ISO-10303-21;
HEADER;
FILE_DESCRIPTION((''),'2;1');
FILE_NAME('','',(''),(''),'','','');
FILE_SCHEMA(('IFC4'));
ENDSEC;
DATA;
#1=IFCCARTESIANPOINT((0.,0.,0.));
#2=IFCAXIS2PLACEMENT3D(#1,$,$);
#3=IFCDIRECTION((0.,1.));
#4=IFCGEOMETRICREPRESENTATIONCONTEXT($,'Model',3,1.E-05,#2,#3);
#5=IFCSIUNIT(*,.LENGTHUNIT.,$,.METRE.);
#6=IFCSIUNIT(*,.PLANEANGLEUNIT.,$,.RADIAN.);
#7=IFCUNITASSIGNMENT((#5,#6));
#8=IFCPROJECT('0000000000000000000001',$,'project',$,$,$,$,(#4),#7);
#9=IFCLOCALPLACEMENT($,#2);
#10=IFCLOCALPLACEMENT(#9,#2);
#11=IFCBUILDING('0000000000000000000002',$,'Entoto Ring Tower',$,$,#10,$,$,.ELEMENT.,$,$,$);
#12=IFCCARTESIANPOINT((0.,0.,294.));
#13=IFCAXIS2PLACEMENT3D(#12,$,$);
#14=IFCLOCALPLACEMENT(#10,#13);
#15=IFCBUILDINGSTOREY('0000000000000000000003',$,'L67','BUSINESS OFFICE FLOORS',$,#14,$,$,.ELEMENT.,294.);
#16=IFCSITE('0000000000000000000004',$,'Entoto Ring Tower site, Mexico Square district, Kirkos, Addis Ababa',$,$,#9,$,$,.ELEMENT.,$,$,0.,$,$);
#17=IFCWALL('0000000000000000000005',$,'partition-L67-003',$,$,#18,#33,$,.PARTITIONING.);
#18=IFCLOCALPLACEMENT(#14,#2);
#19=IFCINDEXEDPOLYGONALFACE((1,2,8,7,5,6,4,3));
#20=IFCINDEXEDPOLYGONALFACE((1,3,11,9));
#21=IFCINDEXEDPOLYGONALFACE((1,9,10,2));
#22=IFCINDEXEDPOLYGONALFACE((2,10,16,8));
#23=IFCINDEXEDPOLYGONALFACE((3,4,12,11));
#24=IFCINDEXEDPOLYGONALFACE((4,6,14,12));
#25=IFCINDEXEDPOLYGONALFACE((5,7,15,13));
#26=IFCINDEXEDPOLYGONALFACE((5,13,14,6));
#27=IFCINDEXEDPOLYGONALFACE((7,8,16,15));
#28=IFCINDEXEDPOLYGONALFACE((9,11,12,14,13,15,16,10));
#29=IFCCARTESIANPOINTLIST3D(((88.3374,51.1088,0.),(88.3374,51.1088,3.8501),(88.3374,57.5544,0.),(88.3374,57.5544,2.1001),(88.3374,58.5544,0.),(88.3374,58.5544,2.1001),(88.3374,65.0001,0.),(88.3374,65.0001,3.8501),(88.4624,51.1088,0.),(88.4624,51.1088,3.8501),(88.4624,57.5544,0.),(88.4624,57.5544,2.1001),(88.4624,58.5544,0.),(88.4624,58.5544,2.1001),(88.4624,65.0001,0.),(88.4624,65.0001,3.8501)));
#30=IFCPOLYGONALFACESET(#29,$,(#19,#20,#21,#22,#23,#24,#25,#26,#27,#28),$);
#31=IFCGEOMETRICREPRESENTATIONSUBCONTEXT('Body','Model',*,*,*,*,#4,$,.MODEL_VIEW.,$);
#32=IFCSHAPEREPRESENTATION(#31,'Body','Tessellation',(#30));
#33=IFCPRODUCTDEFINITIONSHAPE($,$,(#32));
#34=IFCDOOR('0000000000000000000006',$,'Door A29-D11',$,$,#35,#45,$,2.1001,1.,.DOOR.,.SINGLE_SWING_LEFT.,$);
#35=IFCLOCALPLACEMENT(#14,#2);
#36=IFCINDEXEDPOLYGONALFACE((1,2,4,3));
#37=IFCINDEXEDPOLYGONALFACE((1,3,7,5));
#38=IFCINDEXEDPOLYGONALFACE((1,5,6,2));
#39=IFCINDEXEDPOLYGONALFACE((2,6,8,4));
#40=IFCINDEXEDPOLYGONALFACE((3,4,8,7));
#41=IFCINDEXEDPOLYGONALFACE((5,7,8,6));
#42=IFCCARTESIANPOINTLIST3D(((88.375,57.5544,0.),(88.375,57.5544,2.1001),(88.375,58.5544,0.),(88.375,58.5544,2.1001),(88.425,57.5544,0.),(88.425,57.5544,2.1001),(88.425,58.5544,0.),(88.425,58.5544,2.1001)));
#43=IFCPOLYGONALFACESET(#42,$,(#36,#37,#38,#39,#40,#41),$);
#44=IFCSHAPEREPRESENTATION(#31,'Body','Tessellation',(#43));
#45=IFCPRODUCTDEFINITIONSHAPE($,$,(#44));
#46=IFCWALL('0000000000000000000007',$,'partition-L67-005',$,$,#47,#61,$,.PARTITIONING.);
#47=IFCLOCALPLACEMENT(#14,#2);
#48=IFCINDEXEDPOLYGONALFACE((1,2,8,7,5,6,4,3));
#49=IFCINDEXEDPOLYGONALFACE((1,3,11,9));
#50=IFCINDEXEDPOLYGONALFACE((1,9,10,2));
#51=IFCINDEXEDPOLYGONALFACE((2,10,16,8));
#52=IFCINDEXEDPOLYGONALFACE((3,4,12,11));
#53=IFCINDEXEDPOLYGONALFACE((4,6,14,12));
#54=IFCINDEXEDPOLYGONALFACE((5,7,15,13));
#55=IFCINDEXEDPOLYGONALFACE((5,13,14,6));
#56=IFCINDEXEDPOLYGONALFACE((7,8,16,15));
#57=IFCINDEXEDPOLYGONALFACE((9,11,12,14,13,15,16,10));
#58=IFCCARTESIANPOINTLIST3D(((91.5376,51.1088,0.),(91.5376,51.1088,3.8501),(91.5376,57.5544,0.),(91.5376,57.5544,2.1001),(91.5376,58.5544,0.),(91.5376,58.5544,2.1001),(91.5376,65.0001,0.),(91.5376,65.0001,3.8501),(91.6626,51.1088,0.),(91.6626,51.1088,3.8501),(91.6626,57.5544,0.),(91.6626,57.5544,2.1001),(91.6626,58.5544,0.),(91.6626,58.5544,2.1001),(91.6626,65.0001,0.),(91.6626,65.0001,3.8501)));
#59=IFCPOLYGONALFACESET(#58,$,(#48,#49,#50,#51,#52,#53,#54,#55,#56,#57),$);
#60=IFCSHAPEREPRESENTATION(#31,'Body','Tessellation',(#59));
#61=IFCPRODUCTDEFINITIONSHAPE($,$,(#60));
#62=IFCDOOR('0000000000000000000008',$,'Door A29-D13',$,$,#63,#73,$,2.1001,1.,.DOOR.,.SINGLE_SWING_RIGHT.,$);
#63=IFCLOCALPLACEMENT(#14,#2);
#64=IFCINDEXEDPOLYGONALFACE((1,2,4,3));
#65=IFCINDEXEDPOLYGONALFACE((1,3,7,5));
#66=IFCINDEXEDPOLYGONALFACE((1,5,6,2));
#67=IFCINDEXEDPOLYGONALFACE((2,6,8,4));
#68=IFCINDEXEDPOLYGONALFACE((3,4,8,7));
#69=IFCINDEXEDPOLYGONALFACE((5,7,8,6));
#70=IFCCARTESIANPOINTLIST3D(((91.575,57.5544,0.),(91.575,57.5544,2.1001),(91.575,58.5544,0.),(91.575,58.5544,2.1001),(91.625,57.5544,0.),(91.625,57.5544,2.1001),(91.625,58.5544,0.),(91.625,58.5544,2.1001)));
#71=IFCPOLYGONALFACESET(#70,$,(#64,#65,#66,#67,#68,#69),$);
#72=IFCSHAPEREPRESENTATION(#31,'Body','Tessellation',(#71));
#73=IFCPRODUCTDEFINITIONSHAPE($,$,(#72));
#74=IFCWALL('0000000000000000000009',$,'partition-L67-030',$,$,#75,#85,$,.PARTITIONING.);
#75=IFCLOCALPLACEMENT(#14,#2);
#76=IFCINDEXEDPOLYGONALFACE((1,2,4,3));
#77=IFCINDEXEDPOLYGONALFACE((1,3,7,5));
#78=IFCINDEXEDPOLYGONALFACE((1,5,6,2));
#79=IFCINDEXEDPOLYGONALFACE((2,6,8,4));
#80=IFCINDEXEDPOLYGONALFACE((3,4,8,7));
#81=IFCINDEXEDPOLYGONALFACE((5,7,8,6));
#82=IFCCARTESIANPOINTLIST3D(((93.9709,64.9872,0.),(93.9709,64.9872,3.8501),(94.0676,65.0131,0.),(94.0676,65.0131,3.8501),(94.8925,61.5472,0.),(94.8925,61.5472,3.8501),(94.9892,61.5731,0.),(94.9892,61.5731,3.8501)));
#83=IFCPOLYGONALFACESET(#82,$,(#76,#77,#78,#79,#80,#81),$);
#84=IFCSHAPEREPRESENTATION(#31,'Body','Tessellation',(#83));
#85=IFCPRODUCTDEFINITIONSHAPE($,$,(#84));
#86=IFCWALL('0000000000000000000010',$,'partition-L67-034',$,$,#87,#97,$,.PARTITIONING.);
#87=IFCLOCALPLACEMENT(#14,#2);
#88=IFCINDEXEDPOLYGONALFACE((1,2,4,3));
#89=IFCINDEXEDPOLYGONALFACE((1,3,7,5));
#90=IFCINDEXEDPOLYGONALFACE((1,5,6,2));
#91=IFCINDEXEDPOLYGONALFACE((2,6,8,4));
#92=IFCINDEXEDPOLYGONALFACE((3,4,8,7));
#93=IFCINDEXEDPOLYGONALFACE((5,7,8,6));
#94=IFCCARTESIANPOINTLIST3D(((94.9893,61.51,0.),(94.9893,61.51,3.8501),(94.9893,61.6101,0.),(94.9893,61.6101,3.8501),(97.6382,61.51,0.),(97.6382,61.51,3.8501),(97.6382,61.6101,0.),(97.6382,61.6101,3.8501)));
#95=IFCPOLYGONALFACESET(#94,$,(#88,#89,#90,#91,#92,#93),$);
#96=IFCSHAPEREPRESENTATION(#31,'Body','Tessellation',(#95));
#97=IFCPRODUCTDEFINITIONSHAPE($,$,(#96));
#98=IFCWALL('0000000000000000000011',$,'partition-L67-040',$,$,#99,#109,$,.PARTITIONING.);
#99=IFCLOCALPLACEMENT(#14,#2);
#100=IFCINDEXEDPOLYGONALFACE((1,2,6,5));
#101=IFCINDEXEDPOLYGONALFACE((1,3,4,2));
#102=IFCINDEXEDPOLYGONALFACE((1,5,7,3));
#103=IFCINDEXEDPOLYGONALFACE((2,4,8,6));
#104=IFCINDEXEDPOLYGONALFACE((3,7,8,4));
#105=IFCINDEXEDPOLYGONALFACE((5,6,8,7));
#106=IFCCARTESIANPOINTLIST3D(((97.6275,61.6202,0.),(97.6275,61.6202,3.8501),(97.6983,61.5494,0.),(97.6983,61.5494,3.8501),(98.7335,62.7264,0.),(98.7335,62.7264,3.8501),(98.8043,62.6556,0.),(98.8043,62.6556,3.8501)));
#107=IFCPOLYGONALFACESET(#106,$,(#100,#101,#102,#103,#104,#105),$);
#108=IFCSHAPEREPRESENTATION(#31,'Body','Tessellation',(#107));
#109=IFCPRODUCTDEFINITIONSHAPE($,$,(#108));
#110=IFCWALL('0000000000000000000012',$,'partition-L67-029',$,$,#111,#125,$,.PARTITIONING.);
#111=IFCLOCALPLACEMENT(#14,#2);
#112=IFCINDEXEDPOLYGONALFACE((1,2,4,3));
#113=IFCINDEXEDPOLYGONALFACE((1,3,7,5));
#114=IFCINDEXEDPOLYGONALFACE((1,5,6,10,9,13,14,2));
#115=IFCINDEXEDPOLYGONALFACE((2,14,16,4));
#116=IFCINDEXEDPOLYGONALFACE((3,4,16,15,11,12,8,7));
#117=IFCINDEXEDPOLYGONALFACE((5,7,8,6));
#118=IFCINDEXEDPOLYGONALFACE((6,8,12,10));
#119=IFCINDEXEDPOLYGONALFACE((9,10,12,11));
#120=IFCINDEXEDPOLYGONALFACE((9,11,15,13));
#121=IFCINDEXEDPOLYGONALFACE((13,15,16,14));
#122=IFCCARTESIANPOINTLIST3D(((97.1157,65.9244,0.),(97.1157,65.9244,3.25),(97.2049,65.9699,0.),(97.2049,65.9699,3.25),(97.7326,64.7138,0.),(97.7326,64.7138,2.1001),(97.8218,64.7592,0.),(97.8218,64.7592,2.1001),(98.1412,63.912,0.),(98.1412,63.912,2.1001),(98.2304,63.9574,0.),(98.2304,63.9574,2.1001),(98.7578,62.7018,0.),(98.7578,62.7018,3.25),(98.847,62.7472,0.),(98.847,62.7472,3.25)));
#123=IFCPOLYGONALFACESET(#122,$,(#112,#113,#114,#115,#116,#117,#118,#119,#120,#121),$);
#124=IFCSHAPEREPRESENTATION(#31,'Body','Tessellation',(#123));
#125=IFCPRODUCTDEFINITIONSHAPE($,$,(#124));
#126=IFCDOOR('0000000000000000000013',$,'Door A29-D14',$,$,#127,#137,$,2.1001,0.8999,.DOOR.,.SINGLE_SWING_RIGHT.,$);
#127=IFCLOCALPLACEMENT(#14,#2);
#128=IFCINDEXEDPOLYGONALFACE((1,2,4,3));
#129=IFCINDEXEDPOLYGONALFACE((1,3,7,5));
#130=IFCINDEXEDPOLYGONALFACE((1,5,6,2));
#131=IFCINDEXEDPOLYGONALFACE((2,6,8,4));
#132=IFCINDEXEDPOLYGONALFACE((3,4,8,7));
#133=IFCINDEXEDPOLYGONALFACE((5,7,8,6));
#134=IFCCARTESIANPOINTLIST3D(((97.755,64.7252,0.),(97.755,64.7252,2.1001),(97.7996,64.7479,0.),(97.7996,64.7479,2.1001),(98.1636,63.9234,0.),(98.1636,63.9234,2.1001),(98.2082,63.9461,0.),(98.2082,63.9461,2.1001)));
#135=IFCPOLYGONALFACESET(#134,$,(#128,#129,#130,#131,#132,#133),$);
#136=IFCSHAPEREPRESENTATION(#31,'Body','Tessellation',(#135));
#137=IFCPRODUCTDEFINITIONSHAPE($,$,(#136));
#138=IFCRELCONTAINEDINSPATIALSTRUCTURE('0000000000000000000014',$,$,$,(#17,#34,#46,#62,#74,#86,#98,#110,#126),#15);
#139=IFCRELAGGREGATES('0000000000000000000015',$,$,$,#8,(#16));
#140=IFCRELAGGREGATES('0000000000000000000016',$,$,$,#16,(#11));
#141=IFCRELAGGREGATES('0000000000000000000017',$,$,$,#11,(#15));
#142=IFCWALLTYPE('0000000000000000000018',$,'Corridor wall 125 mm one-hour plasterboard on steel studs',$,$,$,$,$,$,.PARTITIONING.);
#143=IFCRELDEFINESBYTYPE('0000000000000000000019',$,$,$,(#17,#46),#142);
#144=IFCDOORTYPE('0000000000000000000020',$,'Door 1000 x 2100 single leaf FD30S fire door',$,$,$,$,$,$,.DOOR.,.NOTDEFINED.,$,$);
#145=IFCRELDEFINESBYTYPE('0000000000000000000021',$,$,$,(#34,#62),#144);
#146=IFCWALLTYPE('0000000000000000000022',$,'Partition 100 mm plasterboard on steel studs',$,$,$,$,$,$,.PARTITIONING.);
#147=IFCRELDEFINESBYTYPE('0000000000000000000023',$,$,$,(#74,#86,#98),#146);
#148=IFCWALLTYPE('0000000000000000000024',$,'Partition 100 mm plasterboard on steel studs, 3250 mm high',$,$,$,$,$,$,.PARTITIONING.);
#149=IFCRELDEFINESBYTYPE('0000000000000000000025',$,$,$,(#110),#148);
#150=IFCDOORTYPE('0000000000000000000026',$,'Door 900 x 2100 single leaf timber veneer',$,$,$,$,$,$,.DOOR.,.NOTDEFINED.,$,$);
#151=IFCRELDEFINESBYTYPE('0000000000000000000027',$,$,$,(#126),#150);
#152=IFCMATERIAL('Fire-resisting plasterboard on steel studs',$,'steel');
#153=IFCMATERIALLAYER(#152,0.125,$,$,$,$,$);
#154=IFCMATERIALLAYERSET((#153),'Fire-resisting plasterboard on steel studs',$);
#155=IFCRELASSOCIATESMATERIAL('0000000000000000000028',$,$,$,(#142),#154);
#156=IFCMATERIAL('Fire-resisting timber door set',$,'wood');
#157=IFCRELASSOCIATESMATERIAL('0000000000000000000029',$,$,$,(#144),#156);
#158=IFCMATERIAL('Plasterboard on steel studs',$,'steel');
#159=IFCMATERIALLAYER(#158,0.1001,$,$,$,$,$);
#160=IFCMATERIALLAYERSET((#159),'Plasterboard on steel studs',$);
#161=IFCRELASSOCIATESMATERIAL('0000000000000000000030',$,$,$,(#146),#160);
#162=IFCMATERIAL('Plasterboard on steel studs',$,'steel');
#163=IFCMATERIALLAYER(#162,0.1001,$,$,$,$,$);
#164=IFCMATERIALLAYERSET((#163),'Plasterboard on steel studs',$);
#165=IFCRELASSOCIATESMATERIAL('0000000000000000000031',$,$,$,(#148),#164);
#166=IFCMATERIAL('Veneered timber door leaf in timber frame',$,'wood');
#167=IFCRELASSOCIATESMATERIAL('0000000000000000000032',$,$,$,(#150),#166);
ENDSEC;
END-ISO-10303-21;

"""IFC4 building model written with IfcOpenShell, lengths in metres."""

from ifc_helpers import new_model, si_unit, direction, frame, frame_2d, origin, place, context, subcontext, project, spatial, rectangle, extrude, material, layer, layer_set, type_object, element, fill, save


model = new_model("IFC4")

# Units and contexts
model_context = context("Model", 3, precision=1e-05, world=origin(), true_north=direction((0.0, 1.0)))
body_context = subcontext(model_context, "Body", "Model", "MODEL_VIEW")
ifc_project = project(units=[si_unit("LENGTHUNIT", "METRE"), si_unit("PLANEANGLEUNIT", "RADIAN")], contexts=[model_context])

# Site, building, storey
site_placement = place(None, origin())
site = spatial("IfcSite", under=ifc_project, at=site_placement, Name="Entoto Ring Tower site, Mexico Square district, Kirkos, Addis Ababa", CompositionType="ELEMENT", RefElevation=0.0)
building_placement = place(site_placement, origin())
building = spatial("IfcBuilding", under=site, at=building_placement, Name="Entoto Ring Tower", CompositionType="ELEMENT")
storey_placement = place(building_placement, frame((0.0, 0.0, 294.0)))
storey = spatial("IfcBuildingStorey", under=building, at=storey_placement, Name="L67", Description="BUSINESS OFFICE FLOORS", CompositionType="ELEMENT", Elevation=294.0)

# Walls, openings, doors
ifc_material_1 = material(Name="Fire-resisting plasterboard on steel studs", Category="steel")
ifc_layer_1 = layer(ifc_material_1, 0.125)
ifc_layer_set_1 = layer_set([ifc_layer_1], Name="Fire-resisting plasterboard on steel studs")
wall_type_1 = type_object("IfcWallType", Name="Corridor wall 125 mm one-hour plasterboard on steel studs", PredefinedType="PARTITIONING", material=ifc_layer_set_1)
wall_1_placement = place(storey_placement, frame((88.3999, 51.1086, 0.0), z_axis=(0.0, 0.0, 1.0), x_axis=(0.0, 1.0, 0.0)))
wall_1 = element("IfcWall", 1, at=wall_1_placement, inside=storey, type_object=wall_type_1, Name="partition-L67-003", PredefinedType="PARTITIONING", context=body_context, shape_type="SweptSolid", body=[
    extrude(rectangle(XDim=13.8914, YDim=0.125, at=frame_2d((6.9458, 0.0))), origin(), (0.0, 0.0, 1.0), 3.8501),
])
opening_1_placement = place(wall_1_placement, frame((6.4458, 0.0, 0.0)))
opening_1 = element("IfcOpeningElement", 2, at=opening_1_placement, cuts=wall_1, PredefinedType="OPENING", context=body_context, shape_type="SweptSolid", body=[
    extrude(rectangle(XDim=1.0, YDim=2.1001, at=frame_2d((0.5, 1.05))), frame((0.0, 0.0725, 0.0), z_axis=(0.0, -1.0, 0.0), x_axis=(1.0, 0.0, 0.0)), (0.0, 0.0, 1.0), 0.145),
])
ifc_material_2 = material(Name="Fire-resisting timber door set", Category="wood")
door_type_1 = type_object("IfcDoorType", Name="Door 1000 x 2100 single leaf FD30S fire door", OperationType="NOTDEFINED", PredefinedType="DOOR", material=ifc_material_2)
door_1_placement = place(opening_1_placement, origin())
door_1 = element("IfcDoor", 3, at=door_1_placement, inside=storey, type_object=door_type_1, Name="Door A29-D11", OperationType="SINGLE_SWING_LEFT", OverallHeight=2.1001, OverallWidth=1.0, PredefinedType="DOOR", context=body_context, shape_type="SweptSolid", body=[
    extrude(rectangle(XDim=1.0, YDim=2.1001, at=frame_2d((0.5, 1.05))), frame((0.0, 0.0249, 0.0), z_axis=(0.0, -1.0, 0.0), x_axis=(1.0, 0.0, 0.0)), (0.0, 0.0, 1.0), 0.05),
])
fill(opening_1, door_1)
wall_2_placement = place(storey_placement, frame((91.6001, 51.1086, 0.0), z_axis=(0.0, 0.0, 1.0), x_axis=(0.0, 1.0, 0.0)))
wall_2 = element("IfcWall", 4, at=wall_2_placement, inside=storey, type_object=wall_type_1, Name="partition-L67-005", PredefinedType="PARTITIONING", context=body_context, shape_type="SweptSolid", body=[
    extrude(rectangle(XDim=13.8914, YDim=0.125, at=frame_2d((6.9458, 0.0))), origin(), (0.0, 0.0, 1.0), 3.8501),
])
opening_2_placement = place(wall_2_placement, frame((6.4458, 0.0, 0.0)))
opening_2 = element("IfcOpeningElement", 5, at=opening_2_placement, cuts=wall_2, PredefinedType="OPENING", context=body_context, shape_type="SweptSolid", body=[
    extrude(rectangle(XDim=1.0, YDim=2.1001, at=frame_2d((0.5, 1.05))), frame((0.0, 0.0725, 0.0), z_axis=(0.0, -1.0, 0.0), x_axis=(1.0, 0.0, 0.0)), (0.0, 0.0, 1.0), 0.145),
])
door_2_placement = place(opening_2_placement, frame((1.0, 0.0, 0.0), z_axis=(0.0, 0.0, 1.0), x_axis=(-1.0, 0.0, 0.0)))
door_2 = element("IfcDoor", 6, at=door_2_placement, inside=storey, type_object=door_type_1, Name="Door A29-D13", OperationType="SINGLE_SWING_RIGHT", OverallHeight=2.1001, OverallWidth=1.0, PredefinedType="DOOR", context=body_context, shape_type="SweptSolid", body=[
    extrude(rectangle(XDim=1.0, YDim=2.1001, at=frame_2d((0.5, 1.05))), frame((0.0, 0.0249, 0.0), z_axis=(0.0, -1.0, 0.0), x_axis=(1.0, 0.0, 0.0)), (0.0, 0.0, 1.0), 0.05),
])
fill(opening_2, door_2)

# Walls
ifc_material_3 = material(Name="Plasterboard on steel studs", Category="steel")
ifc_layer_2 = layer(ifc_material_3, 0.1001)
ifc_layer_set_2 = layer_set([ifc_layer_2], Name="Plasterboard on steel studs")
wall_type_2 = type_object("IfcWallType", Name="Partition 100 mm plasterboard on steel studs", PredefinedType="PARTITIONING", material=ifc_layer_set_2)
wall_3_placement = place(storey_placement, frame((94.9409, 61.5601, 0.0), z_axis=(0.0, 0.0, 1.0), x_axis=(-0.258793, 0.965933, 0.0)))
element("IfcWall", 7, at=wall_3_placement, inside=storey, type_object=wall_type_2, Name="partition-L67-030", PredefinedType="PARTITIONING", context=body_context, shape_type="SweptSolid", body=[
    extrude(rectangle(XDim=3.5613, YDim=0.1001, at=frame_2d((1.7808, 0.0))), origin(), (0.0, 0.0, 1.0), 3.8501),
])
wall_4_placement = place(storey_placement, frame((94.9893, 61.5601, 0.0), z_axis=(0.0, 0.0, 1.0), x_axis=(1.0, 0.0, 0.0)))
element("IfcWall", 8, at=wall_4_placement, inside=storey, type_object=wall_type_2, Name="partition-L67-034", PredefinedType="PARTITIONING", context=body_context, shape_type="SweptSolid", body=[
    extrude(rectangle(XDim=2.6489, YDim=0.1001, at=frame_2d((1.3245, 0.0))), origin(), (0.0, 0.0, 1.0), 3.8501),
])
wall_5_placement = place(storey_placement, frame((97.6628, 61.5847, 0.0), z_axis=(0.0, 0.0, 1.0), x_axis=(0.707029, 0.707185, 0.0)))
element("IfcWall", 9, at=wall_5_placement, inside=storey, type_object=wall_type_2, Name="partition-L67-040", PredefinedType="PARTITIONING", context=body_context, shape_type="SweptSolid", body=[
    extrude(rectangle(XDim=1.5642, YDim=0.1001, at=frame_2d((0.7822, 0.0))), origin(), (0.0, 0.0, 1.0), 3.8501),
])

# Wall, opening, door
ifc_material_4 = material(Name="Plasterboard on steel studs", Category="steel")
ifc_layer_3 = layer(ifc_material_4, 0.1001)
ifc_layer_set_3 = layer_set([ifc_layer_3], Name="Plasterboard on steel studs")
wall_type_3 = type_object("IfcWallType", Name="Partition 100 mm plasterboard on steel studs, 3250 mm high", PredefinedType="PARTITIONING", material=ifc_layer_set_3)
wall_6_placement = place(storey_placement, frame((98.8025, 62.7244, 0.0), z_axis=(0.0, 0.0, 1.0), x_axis=(-0.454005, 0.890999, 0.0)))
wall_6 = element("IfcWall", 10, at=wall_6_placement, inside=storey, type_object=wall_type_3, Name="partition-L67-029", PredefinedType="PARTITIONING", context=body_context, shape_type="SweptSolid", body=[
    extrude(rectangle(XDim=3.6169, YDim=0.1001, at=frame_2d((1.8086, 0.0))), origin(), (0.0, 0.0, 1.0), 3.25),
])
opening_3_placement = place(wall_6_placement, frame((1.3584, 0.0, 0.0)))
opening_3 = element("IfcOpeningElement", 11, at=opening_3_placement, cuts=wall_6, PredefinedType="OPENING", context=body_context, shape_type="SweptSolid", body=[
    extrude(rectangle(XDim=0.8999, YDim=2.1001, at=frame_2d((0.45, 1.05))), frame((0.0, 0.0601, 0.0), z_axis=(0.0, -1.0, 0.0), x_axis=(1.0, 0.0, 0.0)), (0.0, 0.0, 1.0), 0.1201),
])
ifc_material_5 = material(Name="Veneered timber door leaf in timber frame", Category="wood")
door_type_2 = type_object("IfcDoorType", Name="Door 900 x 2100 single leaf timber veneer", OperationType="NOTDEFINED", PredefinedType="DOOR", material=ifc_material_5)
door_3_placement = place(opening_3_placement, origin())
door_3 = element("IfcDoor", 12, at=door_3_placement, inside=storey, type_object=door_type_2, Name="Door A29-D14", OperationType="SINGLE_SWING_RIGHT", OverallHeight=2.1001, OverallWidth=0.8999, PredefinedType="DOOR", context=body_context, shape_type="SweptSolid", body=[
    extrude(rectangle(XDim=0.8999, YDim=2.1001, at=frame_2d((0.45, 1.05))), frame((0.0, 0.0249, 0.0), z_axis=(0.0, -1.0, 0.0), x_axis=(1.0, 0.0, 0.0)), (0.0, 0.0, 1.0), 0.05),
])
fill(opening_3, door_3)

save(model, "model.ifc")
